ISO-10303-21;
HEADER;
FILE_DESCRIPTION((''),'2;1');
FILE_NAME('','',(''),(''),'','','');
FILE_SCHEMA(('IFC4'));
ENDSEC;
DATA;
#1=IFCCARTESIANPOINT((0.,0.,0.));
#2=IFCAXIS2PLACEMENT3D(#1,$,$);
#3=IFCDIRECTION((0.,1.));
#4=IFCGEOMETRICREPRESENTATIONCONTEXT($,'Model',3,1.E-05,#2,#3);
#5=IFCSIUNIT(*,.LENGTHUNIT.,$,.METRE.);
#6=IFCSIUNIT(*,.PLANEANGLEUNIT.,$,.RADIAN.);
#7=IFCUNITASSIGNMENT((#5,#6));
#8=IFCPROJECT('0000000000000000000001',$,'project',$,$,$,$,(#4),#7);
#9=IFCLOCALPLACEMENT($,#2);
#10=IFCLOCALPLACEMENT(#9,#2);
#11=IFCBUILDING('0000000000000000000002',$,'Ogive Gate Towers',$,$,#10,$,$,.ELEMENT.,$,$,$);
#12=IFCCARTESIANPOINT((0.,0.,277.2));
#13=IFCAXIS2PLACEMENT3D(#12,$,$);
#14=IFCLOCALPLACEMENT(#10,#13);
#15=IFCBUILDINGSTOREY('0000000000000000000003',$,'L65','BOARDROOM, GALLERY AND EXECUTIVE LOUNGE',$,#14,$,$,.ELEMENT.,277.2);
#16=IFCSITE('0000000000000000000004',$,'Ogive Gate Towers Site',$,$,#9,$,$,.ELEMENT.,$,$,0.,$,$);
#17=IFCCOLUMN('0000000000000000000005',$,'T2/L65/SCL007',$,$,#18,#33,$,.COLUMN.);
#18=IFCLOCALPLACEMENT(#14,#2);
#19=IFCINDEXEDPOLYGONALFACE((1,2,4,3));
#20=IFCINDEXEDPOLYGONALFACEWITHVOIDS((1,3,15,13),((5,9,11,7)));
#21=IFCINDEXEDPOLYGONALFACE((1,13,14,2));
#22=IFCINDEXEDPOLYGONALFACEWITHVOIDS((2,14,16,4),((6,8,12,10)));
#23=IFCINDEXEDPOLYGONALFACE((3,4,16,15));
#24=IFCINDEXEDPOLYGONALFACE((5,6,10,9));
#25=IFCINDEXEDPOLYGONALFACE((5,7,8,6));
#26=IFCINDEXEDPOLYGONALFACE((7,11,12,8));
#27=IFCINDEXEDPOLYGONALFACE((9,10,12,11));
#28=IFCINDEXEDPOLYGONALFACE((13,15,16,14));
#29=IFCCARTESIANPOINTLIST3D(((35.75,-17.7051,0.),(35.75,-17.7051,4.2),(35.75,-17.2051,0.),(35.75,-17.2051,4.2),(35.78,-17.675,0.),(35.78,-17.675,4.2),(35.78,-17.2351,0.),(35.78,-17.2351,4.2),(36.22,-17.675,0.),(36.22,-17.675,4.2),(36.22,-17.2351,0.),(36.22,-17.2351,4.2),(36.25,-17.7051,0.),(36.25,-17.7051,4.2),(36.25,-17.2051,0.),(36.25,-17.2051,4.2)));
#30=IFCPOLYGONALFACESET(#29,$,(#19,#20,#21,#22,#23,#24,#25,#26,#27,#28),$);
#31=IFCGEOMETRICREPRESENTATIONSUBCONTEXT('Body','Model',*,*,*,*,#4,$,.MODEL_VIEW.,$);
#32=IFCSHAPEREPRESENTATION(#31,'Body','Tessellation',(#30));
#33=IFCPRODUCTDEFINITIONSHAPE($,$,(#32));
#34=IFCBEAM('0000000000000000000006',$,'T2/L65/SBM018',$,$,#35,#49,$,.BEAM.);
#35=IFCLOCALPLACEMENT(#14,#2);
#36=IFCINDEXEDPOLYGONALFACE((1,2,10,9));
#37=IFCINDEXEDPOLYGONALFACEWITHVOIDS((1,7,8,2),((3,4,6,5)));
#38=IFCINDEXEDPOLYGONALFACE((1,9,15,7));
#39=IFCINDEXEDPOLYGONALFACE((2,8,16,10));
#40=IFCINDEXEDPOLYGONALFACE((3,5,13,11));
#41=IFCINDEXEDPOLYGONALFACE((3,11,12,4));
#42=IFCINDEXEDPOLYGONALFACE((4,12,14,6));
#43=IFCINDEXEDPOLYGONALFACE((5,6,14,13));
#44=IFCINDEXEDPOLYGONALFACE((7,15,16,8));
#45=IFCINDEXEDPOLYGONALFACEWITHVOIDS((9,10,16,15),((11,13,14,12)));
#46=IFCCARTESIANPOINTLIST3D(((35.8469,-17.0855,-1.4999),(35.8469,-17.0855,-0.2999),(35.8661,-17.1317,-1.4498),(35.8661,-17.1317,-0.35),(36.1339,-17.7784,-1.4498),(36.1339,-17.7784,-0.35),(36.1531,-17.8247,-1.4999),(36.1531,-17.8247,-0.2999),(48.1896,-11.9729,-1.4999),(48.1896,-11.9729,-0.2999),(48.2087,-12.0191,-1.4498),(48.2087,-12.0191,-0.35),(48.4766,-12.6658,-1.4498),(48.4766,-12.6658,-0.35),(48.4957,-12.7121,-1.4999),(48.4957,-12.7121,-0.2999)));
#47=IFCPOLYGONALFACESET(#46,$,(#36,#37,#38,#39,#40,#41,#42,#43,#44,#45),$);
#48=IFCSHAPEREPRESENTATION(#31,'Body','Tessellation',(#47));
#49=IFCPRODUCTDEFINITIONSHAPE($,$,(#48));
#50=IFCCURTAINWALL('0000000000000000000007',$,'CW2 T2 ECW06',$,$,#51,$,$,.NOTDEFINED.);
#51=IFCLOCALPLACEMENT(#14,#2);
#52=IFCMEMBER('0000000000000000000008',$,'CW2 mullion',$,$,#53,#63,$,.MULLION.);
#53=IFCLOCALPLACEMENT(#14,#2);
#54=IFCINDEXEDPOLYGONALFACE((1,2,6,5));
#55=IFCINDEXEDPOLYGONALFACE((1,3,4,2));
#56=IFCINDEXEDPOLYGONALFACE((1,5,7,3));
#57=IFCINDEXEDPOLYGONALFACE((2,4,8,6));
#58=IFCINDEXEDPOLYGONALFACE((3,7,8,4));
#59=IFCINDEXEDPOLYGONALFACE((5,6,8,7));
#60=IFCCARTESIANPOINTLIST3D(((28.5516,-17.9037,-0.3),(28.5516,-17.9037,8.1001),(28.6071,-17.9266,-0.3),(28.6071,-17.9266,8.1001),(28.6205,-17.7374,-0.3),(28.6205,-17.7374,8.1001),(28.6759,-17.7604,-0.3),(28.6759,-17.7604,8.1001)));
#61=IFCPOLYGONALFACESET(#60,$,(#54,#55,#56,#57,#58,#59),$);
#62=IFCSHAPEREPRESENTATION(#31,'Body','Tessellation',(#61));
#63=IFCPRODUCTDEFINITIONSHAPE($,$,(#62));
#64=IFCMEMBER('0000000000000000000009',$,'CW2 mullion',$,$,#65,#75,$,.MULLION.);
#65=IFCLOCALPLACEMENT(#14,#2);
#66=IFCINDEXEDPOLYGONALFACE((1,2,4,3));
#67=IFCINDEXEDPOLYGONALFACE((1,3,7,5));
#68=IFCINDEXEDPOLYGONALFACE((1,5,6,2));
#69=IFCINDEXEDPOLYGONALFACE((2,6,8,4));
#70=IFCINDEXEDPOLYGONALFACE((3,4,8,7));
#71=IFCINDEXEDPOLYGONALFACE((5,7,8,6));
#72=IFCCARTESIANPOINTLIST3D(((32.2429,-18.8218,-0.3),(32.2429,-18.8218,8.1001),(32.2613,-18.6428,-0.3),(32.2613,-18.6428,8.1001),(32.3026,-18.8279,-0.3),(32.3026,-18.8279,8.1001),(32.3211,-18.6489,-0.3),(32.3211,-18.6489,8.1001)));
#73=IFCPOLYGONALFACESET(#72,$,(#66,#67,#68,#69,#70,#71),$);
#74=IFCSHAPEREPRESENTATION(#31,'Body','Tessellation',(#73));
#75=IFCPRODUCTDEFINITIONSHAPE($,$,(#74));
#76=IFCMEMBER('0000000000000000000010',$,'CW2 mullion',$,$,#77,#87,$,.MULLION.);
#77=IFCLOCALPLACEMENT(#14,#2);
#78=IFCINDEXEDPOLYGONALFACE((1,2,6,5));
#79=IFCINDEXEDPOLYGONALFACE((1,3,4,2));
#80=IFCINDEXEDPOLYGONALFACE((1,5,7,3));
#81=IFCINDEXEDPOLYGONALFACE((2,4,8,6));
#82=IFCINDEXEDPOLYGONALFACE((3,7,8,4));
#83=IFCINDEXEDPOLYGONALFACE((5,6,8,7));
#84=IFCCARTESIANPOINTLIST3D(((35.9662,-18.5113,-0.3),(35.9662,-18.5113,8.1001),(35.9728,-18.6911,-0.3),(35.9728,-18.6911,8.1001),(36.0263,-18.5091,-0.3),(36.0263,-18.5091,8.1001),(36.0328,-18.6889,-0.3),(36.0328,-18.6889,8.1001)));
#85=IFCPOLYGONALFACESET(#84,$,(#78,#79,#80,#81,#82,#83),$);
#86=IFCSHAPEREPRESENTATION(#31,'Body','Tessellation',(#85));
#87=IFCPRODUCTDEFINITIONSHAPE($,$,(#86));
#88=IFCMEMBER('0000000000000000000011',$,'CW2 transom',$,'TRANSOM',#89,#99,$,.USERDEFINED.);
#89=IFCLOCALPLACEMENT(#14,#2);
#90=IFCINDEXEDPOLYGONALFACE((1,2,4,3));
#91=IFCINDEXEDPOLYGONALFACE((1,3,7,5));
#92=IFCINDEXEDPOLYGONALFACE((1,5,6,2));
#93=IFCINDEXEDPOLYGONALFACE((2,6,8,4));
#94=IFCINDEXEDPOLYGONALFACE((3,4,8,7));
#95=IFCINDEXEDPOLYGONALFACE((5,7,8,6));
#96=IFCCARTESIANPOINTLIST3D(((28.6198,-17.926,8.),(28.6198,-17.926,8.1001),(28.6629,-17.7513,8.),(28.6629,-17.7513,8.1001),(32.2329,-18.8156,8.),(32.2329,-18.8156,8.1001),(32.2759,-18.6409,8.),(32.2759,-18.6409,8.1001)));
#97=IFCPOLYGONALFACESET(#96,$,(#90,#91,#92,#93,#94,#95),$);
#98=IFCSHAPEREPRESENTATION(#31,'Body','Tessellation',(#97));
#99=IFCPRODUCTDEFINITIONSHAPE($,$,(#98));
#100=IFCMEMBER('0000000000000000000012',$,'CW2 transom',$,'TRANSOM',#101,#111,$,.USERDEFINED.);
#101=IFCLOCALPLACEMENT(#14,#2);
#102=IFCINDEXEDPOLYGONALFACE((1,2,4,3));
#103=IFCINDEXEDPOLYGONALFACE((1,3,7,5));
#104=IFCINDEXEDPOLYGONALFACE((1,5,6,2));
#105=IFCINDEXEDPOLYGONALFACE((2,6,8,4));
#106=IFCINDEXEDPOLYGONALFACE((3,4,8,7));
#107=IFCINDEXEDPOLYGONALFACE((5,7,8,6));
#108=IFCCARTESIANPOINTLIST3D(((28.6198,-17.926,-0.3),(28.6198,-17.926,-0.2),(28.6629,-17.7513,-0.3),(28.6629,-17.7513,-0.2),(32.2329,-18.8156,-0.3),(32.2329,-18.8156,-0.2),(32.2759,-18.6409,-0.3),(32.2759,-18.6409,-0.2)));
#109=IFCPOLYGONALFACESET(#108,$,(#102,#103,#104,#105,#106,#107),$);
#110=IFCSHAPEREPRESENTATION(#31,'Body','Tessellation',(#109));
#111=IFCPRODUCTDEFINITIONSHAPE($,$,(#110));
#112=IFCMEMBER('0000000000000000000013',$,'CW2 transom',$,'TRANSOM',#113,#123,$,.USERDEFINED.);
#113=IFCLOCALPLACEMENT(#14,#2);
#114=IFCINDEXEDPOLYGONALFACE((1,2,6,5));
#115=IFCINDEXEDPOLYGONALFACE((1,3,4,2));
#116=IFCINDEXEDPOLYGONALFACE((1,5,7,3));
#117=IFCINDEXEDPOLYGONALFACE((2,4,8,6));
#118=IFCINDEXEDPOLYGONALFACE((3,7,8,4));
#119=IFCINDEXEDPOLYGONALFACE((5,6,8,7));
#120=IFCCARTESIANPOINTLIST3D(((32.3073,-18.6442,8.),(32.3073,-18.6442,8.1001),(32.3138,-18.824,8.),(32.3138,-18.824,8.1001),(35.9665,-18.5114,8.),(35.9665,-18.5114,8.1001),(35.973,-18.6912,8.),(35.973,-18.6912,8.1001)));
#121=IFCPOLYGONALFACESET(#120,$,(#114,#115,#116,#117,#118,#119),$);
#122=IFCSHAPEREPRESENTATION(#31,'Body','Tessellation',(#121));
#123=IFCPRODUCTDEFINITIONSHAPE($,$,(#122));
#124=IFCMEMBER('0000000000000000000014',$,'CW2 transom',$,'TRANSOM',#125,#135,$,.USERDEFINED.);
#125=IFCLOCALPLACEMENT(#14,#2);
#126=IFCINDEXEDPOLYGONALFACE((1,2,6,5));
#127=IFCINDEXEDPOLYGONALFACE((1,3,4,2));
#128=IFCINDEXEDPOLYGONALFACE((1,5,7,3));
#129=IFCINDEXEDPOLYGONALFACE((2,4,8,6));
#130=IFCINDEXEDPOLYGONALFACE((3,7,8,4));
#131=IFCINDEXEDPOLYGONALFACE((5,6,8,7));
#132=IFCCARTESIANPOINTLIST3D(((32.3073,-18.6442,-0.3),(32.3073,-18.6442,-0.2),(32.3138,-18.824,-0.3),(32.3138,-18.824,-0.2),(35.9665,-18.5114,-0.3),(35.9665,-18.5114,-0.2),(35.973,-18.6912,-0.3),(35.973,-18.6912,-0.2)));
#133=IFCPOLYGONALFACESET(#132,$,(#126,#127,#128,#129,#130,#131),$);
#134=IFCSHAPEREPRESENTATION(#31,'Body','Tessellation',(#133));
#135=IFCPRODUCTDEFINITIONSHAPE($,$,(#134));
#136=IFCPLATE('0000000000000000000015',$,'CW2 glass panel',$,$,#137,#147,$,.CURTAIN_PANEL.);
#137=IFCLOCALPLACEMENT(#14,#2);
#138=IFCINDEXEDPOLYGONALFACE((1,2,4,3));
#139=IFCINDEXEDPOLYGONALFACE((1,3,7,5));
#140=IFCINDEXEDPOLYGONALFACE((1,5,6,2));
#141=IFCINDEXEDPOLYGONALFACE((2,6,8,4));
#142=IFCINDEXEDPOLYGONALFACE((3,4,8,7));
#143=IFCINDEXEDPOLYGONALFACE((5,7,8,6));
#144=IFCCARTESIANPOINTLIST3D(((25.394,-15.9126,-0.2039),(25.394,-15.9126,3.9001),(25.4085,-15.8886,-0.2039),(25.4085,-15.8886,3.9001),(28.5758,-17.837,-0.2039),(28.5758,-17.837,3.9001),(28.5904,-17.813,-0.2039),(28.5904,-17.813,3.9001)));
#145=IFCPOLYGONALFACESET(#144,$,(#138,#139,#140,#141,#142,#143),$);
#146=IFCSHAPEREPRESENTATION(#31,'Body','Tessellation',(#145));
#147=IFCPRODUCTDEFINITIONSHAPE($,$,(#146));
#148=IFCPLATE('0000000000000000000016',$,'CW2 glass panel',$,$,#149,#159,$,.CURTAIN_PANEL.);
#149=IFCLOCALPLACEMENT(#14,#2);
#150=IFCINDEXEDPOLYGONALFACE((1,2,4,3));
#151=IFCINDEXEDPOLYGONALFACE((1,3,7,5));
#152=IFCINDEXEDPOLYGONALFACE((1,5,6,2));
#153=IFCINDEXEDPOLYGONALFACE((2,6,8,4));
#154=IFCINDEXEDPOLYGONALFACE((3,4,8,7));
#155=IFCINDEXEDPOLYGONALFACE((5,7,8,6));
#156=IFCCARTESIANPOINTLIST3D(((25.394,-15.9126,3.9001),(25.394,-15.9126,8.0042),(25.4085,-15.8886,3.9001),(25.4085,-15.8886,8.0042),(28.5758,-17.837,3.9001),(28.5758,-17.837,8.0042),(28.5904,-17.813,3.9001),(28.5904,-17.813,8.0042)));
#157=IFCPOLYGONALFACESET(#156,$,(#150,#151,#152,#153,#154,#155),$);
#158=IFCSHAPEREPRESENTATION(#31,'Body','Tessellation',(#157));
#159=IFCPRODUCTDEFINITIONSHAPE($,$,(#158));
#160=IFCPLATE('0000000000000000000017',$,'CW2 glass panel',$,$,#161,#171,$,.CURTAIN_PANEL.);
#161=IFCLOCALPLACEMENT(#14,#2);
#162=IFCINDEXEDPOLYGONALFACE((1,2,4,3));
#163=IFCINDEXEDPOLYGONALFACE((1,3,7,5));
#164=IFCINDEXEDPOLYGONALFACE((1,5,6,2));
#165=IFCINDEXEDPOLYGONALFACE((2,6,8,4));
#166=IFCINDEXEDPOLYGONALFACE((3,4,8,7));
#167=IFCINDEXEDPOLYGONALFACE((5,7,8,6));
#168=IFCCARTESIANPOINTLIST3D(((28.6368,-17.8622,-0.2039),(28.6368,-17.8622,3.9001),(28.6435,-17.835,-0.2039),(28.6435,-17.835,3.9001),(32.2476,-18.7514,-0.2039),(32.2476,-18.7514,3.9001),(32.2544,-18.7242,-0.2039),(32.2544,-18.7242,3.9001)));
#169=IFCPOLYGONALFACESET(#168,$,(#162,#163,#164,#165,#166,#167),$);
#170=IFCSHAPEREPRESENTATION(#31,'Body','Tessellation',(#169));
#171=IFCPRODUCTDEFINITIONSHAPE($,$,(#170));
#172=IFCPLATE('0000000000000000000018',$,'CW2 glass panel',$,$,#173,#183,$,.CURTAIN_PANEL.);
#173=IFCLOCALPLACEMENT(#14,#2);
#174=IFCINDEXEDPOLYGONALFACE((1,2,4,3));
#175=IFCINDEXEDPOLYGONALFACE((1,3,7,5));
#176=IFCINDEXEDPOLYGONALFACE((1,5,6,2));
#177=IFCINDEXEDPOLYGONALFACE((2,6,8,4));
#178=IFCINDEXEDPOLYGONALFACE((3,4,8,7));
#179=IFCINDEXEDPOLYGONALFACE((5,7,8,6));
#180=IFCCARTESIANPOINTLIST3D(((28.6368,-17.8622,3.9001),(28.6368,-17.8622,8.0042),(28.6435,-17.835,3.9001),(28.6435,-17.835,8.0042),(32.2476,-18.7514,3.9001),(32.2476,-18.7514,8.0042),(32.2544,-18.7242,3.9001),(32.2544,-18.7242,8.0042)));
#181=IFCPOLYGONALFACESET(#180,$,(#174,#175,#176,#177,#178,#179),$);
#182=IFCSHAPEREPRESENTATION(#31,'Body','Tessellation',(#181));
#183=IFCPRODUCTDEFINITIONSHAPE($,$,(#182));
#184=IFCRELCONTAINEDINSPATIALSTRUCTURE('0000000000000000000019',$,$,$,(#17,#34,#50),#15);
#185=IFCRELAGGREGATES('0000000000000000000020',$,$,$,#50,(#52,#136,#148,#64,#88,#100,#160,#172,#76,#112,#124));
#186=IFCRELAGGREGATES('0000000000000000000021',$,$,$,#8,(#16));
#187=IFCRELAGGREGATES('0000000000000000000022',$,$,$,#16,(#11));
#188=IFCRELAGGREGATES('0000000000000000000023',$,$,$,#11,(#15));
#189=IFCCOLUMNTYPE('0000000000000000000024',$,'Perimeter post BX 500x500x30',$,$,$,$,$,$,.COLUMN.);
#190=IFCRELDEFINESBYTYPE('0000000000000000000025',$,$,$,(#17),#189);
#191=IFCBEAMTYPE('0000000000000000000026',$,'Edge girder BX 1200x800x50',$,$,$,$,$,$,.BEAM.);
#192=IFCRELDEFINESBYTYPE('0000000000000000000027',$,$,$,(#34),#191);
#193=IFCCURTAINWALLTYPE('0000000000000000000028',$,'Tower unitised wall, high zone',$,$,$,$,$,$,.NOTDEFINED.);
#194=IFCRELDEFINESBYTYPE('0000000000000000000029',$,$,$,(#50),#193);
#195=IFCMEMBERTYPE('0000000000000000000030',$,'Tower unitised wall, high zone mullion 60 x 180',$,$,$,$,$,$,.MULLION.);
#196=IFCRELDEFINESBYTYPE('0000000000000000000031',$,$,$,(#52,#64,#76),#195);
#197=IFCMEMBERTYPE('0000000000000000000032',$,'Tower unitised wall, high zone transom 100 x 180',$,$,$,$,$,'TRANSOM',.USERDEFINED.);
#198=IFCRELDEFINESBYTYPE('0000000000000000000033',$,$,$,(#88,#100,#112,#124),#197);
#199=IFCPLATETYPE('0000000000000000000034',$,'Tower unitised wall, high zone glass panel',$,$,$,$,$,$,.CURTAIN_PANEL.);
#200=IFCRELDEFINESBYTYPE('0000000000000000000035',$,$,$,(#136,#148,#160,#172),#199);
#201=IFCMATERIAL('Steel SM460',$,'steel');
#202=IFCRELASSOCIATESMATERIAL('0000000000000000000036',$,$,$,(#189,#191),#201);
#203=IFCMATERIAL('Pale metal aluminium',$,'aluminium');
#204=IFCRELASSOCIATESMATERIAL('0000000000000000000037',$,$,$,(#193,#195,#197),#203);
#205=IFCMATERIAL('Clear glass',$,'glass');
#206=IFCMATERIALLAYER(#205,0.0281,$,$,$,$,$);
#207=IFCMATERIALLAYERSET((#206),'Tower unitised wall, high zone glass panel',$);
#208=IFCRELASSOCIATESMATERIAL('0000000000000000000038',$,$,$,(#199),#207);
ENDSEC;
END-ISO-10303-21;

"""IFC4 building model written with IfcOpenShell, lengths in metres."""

from ifc_helpers import new_model, si_unit, direction, frame, origin, origin_2d, place, context, subcontext, project, spatial, rectangle, hollow_rectangle, extrude, material, layer, layer_set, material_profile, profile_set, type_object, element, aggregate, save


model = new_model("IFC4")

# Units and contexts
model_context = context("Model", 3, precision=1e-05, world=origin(), true_north=direction((0.0, 1.0)))
body_context = subcontext(model_context, "Body", "Model", "MODEL_VIEW")
ifc_project = project(units=[si_unit("LENGTHUNIT", "METRE"), si_unit("PLANEANGLEUNIT", "RADIAN")], contexts=[model_context])

# Site, building, storey
site_placement = place(None, origin())
site = spatial("IfcSite", under=ifc_project, at=site_placement, Name="Ogive Gate Towers Site", CompositionType="ELEMENT", RefElevation=0.0)
building_placement = place(site_placement, origin())
building = spatial("IfcBuilding", under=site, at=building_placement, Name="Ogive Gate Towers", CompositionType="ELEMENT")
storey_placement = place(building_placement, frame((0.0, 0.0, 277.2)))
storey = spatial("IfcBuildingStorey", under=building, at=storey_placement, Name="L65", Description="BOARDROOM, GALLERY AND EXECUTIVE LOUNGE", CompositionType="ELEMENT", Elevation=277.2)

# Column
ifc_material_1 = material(Name="Steel SM460", Category="steel")
ifc_material_profile_1 = material_profile(ifc_material_1, hollow_rectangle(XDim=0.5, YDim=0.5, WallThickness=0.03, at=origin_2d()), Name="BX 500x500x30")
ifc_profile_set_1 = profile_set([ifc_material_profile_1], Name="Steel SM460")
column_type = type_object("IfcColumnType", Name="Perimeter post BX 500x500x30", PredefinedType="COLUMN", material=ifc_profile_set_1)
column_placement = place(storey_placement, frame((36.0, -17.4551, 0.0), z_axis=(0.0, 0.0, 1.0), x_axis=(1.0, 0.0, 0.0)))
element("IfcColumn", 1, at=column_placement, inside=storey, type_object=column_type, Name="T2/L65/SCL007", PredefinedType="COLUMN", context=body_context, shape_type="SweptSolid", body=[
    extrude(hollow_rectangle(XDim=0.5, YDim=0.5, WallThickness=0.03, at=origin_2d()), origin(), (0.0, 0.0, 1.0), 4.2),
])

# Beam
ifc_material_profile_2 = material_profile(ifc_material_1, hollow_rectangle(XDim=0.8, YDim=1.2, WallThickness=0.05, at=origin_2d()), Name="BX 1200x800x50")
ifc_profile_set_2 = profile_set([ifc_material_profile_2], Name="Steel SM460")
beam_type = type_object("IfcBeamType", Name="Edge girder BX 1200x800x50", PredefinedType="BEAM", material=ifc_profile_set_2)
beam_placement = place(storey_placement, frame((36.0, -17.4551, -0.8999), z_axis=(0.923877, 0.38269, 0.0), x_axis=(-0.38269, 0.923877, 0.0)))
element("IfcBeam", 2, at=beam_placement, inside=storey, type_object=beam_type, Name="T2/L65/SBM018", PredefinedType="BEAM", context=body_context, shape_type="SweptSolid", body=[
    extrude(hollow_rectangle(XDim=0.8, YDim=1.2, WallThickness=0.05, at=origin_2d()), origin(), (0.0, 0.0, 1.0), 13.3596),
])

# Curtain wall, members, plates
ifc_material_2 = material(Name="Pale metal aluminium", Category="aluminium")
curtain_wall_type = type_object("IfcCurtainWallType", Name="Tower unitised wall, high zone", PredefinedType="NOTDEFINED", material=ifc_material_2)
curtain_wall_placement = place(storey_placement, origin())
curtain_wall = element("IfcCurtainWall", 3, at=curtain_wall_placement, inside=storey, type_object=curtain_wall_type, Name="CW2 T2 ECW06", PredefinedType="NOTDEFINED")
ifc_material_profile_3 = material_profile(ifc_material_2, rectangle(XDim=0.1799, YDim=0.0601, at=origin_2d()), Name="60 x 180 aluminium box")
ifc_profile_set_3 = profile_set([ifc_material_profile_3], Name="Pale metal aluminium")
member_type_1 = type_object("IfcMemberType", Name="Tower unitised wall, high zone mullion 60 x 180", PredefinedType="MULLION", material=ifc_profile_set_3)
member_1_placement = place(storey_placement, frame((28.6138, -17.832, -0.3), z_axis=(0.0, 0.0, 1.0), x_axis=(-0.382683, -0.92388, 0.0)))
member_1 = element("IfcMember", 4, at=member_1_placement, type_object=member_type_1, Name="CW2 mullion", PredefinedType="MULLION", context=body_context, shape_type="SweptSolid", body=[
    extrude(rectangle(XDim=0.1799, YDim=0.0601, at=origin_2d()), origin(), (0.0, 0.0, 1.0), 8.4001),
])
member_2_placement = place(storey_placement, frame((32.282, -18.7354, -0.3), z_axis=(0.0, 0.0, 1.0), x_axis=(-0.102393, -0.994744, 0.0)))
member_2 = element("IfcMember", 5, at=member_2_placement, type_object=member_type_1, Name="CW2 mullion", PredefinedType="MULLION", context=body_context, shape_type="SweptSolid", body=[
    extrude(rectangle(XDim=0.1799, YDim=0.0601, at=origin_2d()), origin(), (0.0, 0.0, 1.0), 8.4001),
])
member_3_placement = place(storey_placement, frame((35.9995, -18.6001, -0.3), z_axis=(0.0, 0.0, 1.0), x_axis=(0.036295, -0.999341, 0.0)))
member_3 = element("IfcMember", 6, at=member_3_placement, type_object=member_type_1, Name="CW2 mullion", PredefinedType="MULLION", context=body_context, shape_type="SweptSolid", body=[
    extrude(rectangle(XDim=0.1799, YDim=0.0601, at=origin_2d()), origin(), (0.0, 0.0, 1.0), 8.4001),
])
ifc_material_profile_4 = material_profile(ifc_material_2, rectangle(XDim=0.1799, YDim=0.1001, at=origin_2d()), Name="100 x 180 aluminium box")
ifc_profile_set_4 = profile_set([ifc_material_profile_4], Name="Pale metal aluminium")
member_type_2 = type_object("IfcMemberType", Name="Tower unitised wall, high zone transom 100 x 180", ElementType="TRANSOM", PredefinedType="USERDEFINED", material=ifc_profile_set_4)
member_4_placement = place(storey_placement, frame((28.6414, -17.8386, 8.05), z_axis=(0.970997, -0.239091, 0.0), x_axis=(0.239091, 0.970997, 0.0)))
member_4 = element("IfcMember", 7, at=member_4_placement, type_object=member_type_2, Name="CW2 transom", ObjectType="TRANSOM", PredefinedType="USERDEFINED", context=body_context, shape_type="SweptSolid", body=[
    extrude(rectangle(XDim=0.1799, YDim=0.1001, at=origin_2d()), origin(), (0.0, 0.0, 1.0), 3.7209),
])
member_5_placement = place(storey_placement, frame((28.6414, -17.8386, -0.25), z_axis=(0.970997, -0.239091, 0.0), x_axis=(0.239091, 0.970997, 0.0)))
member_5 = element("IfcMember", 8, at=member_5_placement, type_object=member_type_2, Name="CW2 transom", ObjectType="TRANSOM", PredefinedType="USERDEFINED", context=body_context, shape_type="SweptSolid", body=[
    extrude(rectangle(XDim=0.1799, YDim=0.1001, at=origin_2d()), origin(), (0.0, 0.0, 1.0), 3.7209),
])
member_6_placement = place(storey_placement, frame((32.3105, -18.7341, 8.05), z_axis=(0.999342, 0.036272, 0.0), x_axis=(-0.036272, 0.999342, 0.0)))
member_6 = element("IfcMember", 9, at=member_6_placement, type_object=member_type_2, Name="CW2 transom", ObjectType="TRANSOM", PredefinedType="USERDEFINED", context=body_context, shape_type="SweptSolid", body=[
    extrude(rectangle(XDim=0.1799, YDim=0.1001, at=origin_2d()), origin(), (0.0, 0.0, 1.0), 3.6616),
])
member_7_placement = place(storey_placement, frame((32.3105, -18.7341, -0.25), z_axis=(0.999342, 0.036272, 0.0), x_axis=(-0.036272, 0.999342, 0.0)))
member_7 = element("IfcMember", 10, at=member_7_placement, type_object=member_type_2, Name="CW2 transom", ObjectType="TRANSOM", PredefinedType="USERDEFINED", context=body_context, shape_type="SweptSolid", body=[
    extrude(rectangle(XDim=0.1799, YDim=0.1001, at=origin_2d()), origin(), (0.0, 0.0, 1.0), 3.6616),
])
ifc_material_3 = material(Name="Clear glass", Category="glass")
ifc_layer = layer(ifc_material_3, 0.0281)
ifc_layer_set = layer_set([ifc_layer], Name="Tower unitised wall, high zone glass panel")
plate_type = type_object("IfcPlateType", Name="Tower unitised wall, high zone glass panel", PredefinedType="CURTAIN_PANEL", material=ifc_layer_set)
plate_1_placement = place(storey_placement, frame((26.9922, -16.8628, -0.2039), z_axis=(0.0, 0.0, 1.0), x_axis=(0.855672, -0.517519, 0.0)))
plate_1 = element("IfcPlate", 11, at=plate_1_placement, type_object=plate_type, Name="CW2 glass panel", PredefinedType="CURTAIN_PANEL", context=body_context, shape_type="SweptSolid", body=[
    extrude(rectangle(XDim=3.7185, YDim=0.0281, at=origin_2d()), origin(), (0.0, 0.0, 1.0), 4.104),
])
plate_2_placement = place(storey_placement, frame((26.9922, -16.8628, 3.9001), z_axis=(0.0, 0.0, 1.0), x_axis=(0.855672, -0.517519, 0.0)))
plate_2 = element("IfcPlate", 12, at=plate_2_placement, type_object=plate_type, Name="CW2 glass panel", PredefinedType="CURTAIN_PANEL", context=body_context, shape_type="SweptSolid", body=[
    extrude(rectangle(XDim=3.7185, YDim=0.0281, at=origin_2d()), origin(), (0.0, 0.0, 1.0), 4.104),
])
plate_3_placement = place(storey_placement, frame((30.4456, -18.2932, -0.2039), z_axis=(0.0, 0.0, 1.0), x_axis=(0.970993, -0.23911, 0.0)))
plate_3 = element("IfcPlate", 13, at=plate_3_placement, type_object=plate_type, Name="CW2 glass panel", PredefinedType="CURTAIN_PANEL", context=body_context, shape_type="SweptSolid", body=[
    extrude(rectangle(XDim=3.7188, YDim=0.0281, at=origin_2d()), origin(), (0.0, 0.0, 1.0), 4.104),
])
plate_4_placement = place(storey_placement, frame((30.4456, -18.2932, 3.9001), z_axis=(0.0, 0.0, 1.0), x_axis=(0.970993, -0.23911, 0.0)))
plate_4 = element("IfcPlate", 14, at=plate_4_placement, type_object=plate_type, Name="CW2 glass panel", PredefinedType="CURTAIN_PANEL", context=body_context, shape_type="SweptSolid", body=[
    extrude(rectangle(XDim=3.7188, YDim=0.0281, at=origin_2d()), origin(), (0.0, 0.0, 1.0), 4.104),
])
aggregate(curtain_wall, [member_1, plate_1, plate_2, member_2, member_4, member_5, plate_3, plate_4, member_3, member_6, member_7])

save(model, "model.ifc")
